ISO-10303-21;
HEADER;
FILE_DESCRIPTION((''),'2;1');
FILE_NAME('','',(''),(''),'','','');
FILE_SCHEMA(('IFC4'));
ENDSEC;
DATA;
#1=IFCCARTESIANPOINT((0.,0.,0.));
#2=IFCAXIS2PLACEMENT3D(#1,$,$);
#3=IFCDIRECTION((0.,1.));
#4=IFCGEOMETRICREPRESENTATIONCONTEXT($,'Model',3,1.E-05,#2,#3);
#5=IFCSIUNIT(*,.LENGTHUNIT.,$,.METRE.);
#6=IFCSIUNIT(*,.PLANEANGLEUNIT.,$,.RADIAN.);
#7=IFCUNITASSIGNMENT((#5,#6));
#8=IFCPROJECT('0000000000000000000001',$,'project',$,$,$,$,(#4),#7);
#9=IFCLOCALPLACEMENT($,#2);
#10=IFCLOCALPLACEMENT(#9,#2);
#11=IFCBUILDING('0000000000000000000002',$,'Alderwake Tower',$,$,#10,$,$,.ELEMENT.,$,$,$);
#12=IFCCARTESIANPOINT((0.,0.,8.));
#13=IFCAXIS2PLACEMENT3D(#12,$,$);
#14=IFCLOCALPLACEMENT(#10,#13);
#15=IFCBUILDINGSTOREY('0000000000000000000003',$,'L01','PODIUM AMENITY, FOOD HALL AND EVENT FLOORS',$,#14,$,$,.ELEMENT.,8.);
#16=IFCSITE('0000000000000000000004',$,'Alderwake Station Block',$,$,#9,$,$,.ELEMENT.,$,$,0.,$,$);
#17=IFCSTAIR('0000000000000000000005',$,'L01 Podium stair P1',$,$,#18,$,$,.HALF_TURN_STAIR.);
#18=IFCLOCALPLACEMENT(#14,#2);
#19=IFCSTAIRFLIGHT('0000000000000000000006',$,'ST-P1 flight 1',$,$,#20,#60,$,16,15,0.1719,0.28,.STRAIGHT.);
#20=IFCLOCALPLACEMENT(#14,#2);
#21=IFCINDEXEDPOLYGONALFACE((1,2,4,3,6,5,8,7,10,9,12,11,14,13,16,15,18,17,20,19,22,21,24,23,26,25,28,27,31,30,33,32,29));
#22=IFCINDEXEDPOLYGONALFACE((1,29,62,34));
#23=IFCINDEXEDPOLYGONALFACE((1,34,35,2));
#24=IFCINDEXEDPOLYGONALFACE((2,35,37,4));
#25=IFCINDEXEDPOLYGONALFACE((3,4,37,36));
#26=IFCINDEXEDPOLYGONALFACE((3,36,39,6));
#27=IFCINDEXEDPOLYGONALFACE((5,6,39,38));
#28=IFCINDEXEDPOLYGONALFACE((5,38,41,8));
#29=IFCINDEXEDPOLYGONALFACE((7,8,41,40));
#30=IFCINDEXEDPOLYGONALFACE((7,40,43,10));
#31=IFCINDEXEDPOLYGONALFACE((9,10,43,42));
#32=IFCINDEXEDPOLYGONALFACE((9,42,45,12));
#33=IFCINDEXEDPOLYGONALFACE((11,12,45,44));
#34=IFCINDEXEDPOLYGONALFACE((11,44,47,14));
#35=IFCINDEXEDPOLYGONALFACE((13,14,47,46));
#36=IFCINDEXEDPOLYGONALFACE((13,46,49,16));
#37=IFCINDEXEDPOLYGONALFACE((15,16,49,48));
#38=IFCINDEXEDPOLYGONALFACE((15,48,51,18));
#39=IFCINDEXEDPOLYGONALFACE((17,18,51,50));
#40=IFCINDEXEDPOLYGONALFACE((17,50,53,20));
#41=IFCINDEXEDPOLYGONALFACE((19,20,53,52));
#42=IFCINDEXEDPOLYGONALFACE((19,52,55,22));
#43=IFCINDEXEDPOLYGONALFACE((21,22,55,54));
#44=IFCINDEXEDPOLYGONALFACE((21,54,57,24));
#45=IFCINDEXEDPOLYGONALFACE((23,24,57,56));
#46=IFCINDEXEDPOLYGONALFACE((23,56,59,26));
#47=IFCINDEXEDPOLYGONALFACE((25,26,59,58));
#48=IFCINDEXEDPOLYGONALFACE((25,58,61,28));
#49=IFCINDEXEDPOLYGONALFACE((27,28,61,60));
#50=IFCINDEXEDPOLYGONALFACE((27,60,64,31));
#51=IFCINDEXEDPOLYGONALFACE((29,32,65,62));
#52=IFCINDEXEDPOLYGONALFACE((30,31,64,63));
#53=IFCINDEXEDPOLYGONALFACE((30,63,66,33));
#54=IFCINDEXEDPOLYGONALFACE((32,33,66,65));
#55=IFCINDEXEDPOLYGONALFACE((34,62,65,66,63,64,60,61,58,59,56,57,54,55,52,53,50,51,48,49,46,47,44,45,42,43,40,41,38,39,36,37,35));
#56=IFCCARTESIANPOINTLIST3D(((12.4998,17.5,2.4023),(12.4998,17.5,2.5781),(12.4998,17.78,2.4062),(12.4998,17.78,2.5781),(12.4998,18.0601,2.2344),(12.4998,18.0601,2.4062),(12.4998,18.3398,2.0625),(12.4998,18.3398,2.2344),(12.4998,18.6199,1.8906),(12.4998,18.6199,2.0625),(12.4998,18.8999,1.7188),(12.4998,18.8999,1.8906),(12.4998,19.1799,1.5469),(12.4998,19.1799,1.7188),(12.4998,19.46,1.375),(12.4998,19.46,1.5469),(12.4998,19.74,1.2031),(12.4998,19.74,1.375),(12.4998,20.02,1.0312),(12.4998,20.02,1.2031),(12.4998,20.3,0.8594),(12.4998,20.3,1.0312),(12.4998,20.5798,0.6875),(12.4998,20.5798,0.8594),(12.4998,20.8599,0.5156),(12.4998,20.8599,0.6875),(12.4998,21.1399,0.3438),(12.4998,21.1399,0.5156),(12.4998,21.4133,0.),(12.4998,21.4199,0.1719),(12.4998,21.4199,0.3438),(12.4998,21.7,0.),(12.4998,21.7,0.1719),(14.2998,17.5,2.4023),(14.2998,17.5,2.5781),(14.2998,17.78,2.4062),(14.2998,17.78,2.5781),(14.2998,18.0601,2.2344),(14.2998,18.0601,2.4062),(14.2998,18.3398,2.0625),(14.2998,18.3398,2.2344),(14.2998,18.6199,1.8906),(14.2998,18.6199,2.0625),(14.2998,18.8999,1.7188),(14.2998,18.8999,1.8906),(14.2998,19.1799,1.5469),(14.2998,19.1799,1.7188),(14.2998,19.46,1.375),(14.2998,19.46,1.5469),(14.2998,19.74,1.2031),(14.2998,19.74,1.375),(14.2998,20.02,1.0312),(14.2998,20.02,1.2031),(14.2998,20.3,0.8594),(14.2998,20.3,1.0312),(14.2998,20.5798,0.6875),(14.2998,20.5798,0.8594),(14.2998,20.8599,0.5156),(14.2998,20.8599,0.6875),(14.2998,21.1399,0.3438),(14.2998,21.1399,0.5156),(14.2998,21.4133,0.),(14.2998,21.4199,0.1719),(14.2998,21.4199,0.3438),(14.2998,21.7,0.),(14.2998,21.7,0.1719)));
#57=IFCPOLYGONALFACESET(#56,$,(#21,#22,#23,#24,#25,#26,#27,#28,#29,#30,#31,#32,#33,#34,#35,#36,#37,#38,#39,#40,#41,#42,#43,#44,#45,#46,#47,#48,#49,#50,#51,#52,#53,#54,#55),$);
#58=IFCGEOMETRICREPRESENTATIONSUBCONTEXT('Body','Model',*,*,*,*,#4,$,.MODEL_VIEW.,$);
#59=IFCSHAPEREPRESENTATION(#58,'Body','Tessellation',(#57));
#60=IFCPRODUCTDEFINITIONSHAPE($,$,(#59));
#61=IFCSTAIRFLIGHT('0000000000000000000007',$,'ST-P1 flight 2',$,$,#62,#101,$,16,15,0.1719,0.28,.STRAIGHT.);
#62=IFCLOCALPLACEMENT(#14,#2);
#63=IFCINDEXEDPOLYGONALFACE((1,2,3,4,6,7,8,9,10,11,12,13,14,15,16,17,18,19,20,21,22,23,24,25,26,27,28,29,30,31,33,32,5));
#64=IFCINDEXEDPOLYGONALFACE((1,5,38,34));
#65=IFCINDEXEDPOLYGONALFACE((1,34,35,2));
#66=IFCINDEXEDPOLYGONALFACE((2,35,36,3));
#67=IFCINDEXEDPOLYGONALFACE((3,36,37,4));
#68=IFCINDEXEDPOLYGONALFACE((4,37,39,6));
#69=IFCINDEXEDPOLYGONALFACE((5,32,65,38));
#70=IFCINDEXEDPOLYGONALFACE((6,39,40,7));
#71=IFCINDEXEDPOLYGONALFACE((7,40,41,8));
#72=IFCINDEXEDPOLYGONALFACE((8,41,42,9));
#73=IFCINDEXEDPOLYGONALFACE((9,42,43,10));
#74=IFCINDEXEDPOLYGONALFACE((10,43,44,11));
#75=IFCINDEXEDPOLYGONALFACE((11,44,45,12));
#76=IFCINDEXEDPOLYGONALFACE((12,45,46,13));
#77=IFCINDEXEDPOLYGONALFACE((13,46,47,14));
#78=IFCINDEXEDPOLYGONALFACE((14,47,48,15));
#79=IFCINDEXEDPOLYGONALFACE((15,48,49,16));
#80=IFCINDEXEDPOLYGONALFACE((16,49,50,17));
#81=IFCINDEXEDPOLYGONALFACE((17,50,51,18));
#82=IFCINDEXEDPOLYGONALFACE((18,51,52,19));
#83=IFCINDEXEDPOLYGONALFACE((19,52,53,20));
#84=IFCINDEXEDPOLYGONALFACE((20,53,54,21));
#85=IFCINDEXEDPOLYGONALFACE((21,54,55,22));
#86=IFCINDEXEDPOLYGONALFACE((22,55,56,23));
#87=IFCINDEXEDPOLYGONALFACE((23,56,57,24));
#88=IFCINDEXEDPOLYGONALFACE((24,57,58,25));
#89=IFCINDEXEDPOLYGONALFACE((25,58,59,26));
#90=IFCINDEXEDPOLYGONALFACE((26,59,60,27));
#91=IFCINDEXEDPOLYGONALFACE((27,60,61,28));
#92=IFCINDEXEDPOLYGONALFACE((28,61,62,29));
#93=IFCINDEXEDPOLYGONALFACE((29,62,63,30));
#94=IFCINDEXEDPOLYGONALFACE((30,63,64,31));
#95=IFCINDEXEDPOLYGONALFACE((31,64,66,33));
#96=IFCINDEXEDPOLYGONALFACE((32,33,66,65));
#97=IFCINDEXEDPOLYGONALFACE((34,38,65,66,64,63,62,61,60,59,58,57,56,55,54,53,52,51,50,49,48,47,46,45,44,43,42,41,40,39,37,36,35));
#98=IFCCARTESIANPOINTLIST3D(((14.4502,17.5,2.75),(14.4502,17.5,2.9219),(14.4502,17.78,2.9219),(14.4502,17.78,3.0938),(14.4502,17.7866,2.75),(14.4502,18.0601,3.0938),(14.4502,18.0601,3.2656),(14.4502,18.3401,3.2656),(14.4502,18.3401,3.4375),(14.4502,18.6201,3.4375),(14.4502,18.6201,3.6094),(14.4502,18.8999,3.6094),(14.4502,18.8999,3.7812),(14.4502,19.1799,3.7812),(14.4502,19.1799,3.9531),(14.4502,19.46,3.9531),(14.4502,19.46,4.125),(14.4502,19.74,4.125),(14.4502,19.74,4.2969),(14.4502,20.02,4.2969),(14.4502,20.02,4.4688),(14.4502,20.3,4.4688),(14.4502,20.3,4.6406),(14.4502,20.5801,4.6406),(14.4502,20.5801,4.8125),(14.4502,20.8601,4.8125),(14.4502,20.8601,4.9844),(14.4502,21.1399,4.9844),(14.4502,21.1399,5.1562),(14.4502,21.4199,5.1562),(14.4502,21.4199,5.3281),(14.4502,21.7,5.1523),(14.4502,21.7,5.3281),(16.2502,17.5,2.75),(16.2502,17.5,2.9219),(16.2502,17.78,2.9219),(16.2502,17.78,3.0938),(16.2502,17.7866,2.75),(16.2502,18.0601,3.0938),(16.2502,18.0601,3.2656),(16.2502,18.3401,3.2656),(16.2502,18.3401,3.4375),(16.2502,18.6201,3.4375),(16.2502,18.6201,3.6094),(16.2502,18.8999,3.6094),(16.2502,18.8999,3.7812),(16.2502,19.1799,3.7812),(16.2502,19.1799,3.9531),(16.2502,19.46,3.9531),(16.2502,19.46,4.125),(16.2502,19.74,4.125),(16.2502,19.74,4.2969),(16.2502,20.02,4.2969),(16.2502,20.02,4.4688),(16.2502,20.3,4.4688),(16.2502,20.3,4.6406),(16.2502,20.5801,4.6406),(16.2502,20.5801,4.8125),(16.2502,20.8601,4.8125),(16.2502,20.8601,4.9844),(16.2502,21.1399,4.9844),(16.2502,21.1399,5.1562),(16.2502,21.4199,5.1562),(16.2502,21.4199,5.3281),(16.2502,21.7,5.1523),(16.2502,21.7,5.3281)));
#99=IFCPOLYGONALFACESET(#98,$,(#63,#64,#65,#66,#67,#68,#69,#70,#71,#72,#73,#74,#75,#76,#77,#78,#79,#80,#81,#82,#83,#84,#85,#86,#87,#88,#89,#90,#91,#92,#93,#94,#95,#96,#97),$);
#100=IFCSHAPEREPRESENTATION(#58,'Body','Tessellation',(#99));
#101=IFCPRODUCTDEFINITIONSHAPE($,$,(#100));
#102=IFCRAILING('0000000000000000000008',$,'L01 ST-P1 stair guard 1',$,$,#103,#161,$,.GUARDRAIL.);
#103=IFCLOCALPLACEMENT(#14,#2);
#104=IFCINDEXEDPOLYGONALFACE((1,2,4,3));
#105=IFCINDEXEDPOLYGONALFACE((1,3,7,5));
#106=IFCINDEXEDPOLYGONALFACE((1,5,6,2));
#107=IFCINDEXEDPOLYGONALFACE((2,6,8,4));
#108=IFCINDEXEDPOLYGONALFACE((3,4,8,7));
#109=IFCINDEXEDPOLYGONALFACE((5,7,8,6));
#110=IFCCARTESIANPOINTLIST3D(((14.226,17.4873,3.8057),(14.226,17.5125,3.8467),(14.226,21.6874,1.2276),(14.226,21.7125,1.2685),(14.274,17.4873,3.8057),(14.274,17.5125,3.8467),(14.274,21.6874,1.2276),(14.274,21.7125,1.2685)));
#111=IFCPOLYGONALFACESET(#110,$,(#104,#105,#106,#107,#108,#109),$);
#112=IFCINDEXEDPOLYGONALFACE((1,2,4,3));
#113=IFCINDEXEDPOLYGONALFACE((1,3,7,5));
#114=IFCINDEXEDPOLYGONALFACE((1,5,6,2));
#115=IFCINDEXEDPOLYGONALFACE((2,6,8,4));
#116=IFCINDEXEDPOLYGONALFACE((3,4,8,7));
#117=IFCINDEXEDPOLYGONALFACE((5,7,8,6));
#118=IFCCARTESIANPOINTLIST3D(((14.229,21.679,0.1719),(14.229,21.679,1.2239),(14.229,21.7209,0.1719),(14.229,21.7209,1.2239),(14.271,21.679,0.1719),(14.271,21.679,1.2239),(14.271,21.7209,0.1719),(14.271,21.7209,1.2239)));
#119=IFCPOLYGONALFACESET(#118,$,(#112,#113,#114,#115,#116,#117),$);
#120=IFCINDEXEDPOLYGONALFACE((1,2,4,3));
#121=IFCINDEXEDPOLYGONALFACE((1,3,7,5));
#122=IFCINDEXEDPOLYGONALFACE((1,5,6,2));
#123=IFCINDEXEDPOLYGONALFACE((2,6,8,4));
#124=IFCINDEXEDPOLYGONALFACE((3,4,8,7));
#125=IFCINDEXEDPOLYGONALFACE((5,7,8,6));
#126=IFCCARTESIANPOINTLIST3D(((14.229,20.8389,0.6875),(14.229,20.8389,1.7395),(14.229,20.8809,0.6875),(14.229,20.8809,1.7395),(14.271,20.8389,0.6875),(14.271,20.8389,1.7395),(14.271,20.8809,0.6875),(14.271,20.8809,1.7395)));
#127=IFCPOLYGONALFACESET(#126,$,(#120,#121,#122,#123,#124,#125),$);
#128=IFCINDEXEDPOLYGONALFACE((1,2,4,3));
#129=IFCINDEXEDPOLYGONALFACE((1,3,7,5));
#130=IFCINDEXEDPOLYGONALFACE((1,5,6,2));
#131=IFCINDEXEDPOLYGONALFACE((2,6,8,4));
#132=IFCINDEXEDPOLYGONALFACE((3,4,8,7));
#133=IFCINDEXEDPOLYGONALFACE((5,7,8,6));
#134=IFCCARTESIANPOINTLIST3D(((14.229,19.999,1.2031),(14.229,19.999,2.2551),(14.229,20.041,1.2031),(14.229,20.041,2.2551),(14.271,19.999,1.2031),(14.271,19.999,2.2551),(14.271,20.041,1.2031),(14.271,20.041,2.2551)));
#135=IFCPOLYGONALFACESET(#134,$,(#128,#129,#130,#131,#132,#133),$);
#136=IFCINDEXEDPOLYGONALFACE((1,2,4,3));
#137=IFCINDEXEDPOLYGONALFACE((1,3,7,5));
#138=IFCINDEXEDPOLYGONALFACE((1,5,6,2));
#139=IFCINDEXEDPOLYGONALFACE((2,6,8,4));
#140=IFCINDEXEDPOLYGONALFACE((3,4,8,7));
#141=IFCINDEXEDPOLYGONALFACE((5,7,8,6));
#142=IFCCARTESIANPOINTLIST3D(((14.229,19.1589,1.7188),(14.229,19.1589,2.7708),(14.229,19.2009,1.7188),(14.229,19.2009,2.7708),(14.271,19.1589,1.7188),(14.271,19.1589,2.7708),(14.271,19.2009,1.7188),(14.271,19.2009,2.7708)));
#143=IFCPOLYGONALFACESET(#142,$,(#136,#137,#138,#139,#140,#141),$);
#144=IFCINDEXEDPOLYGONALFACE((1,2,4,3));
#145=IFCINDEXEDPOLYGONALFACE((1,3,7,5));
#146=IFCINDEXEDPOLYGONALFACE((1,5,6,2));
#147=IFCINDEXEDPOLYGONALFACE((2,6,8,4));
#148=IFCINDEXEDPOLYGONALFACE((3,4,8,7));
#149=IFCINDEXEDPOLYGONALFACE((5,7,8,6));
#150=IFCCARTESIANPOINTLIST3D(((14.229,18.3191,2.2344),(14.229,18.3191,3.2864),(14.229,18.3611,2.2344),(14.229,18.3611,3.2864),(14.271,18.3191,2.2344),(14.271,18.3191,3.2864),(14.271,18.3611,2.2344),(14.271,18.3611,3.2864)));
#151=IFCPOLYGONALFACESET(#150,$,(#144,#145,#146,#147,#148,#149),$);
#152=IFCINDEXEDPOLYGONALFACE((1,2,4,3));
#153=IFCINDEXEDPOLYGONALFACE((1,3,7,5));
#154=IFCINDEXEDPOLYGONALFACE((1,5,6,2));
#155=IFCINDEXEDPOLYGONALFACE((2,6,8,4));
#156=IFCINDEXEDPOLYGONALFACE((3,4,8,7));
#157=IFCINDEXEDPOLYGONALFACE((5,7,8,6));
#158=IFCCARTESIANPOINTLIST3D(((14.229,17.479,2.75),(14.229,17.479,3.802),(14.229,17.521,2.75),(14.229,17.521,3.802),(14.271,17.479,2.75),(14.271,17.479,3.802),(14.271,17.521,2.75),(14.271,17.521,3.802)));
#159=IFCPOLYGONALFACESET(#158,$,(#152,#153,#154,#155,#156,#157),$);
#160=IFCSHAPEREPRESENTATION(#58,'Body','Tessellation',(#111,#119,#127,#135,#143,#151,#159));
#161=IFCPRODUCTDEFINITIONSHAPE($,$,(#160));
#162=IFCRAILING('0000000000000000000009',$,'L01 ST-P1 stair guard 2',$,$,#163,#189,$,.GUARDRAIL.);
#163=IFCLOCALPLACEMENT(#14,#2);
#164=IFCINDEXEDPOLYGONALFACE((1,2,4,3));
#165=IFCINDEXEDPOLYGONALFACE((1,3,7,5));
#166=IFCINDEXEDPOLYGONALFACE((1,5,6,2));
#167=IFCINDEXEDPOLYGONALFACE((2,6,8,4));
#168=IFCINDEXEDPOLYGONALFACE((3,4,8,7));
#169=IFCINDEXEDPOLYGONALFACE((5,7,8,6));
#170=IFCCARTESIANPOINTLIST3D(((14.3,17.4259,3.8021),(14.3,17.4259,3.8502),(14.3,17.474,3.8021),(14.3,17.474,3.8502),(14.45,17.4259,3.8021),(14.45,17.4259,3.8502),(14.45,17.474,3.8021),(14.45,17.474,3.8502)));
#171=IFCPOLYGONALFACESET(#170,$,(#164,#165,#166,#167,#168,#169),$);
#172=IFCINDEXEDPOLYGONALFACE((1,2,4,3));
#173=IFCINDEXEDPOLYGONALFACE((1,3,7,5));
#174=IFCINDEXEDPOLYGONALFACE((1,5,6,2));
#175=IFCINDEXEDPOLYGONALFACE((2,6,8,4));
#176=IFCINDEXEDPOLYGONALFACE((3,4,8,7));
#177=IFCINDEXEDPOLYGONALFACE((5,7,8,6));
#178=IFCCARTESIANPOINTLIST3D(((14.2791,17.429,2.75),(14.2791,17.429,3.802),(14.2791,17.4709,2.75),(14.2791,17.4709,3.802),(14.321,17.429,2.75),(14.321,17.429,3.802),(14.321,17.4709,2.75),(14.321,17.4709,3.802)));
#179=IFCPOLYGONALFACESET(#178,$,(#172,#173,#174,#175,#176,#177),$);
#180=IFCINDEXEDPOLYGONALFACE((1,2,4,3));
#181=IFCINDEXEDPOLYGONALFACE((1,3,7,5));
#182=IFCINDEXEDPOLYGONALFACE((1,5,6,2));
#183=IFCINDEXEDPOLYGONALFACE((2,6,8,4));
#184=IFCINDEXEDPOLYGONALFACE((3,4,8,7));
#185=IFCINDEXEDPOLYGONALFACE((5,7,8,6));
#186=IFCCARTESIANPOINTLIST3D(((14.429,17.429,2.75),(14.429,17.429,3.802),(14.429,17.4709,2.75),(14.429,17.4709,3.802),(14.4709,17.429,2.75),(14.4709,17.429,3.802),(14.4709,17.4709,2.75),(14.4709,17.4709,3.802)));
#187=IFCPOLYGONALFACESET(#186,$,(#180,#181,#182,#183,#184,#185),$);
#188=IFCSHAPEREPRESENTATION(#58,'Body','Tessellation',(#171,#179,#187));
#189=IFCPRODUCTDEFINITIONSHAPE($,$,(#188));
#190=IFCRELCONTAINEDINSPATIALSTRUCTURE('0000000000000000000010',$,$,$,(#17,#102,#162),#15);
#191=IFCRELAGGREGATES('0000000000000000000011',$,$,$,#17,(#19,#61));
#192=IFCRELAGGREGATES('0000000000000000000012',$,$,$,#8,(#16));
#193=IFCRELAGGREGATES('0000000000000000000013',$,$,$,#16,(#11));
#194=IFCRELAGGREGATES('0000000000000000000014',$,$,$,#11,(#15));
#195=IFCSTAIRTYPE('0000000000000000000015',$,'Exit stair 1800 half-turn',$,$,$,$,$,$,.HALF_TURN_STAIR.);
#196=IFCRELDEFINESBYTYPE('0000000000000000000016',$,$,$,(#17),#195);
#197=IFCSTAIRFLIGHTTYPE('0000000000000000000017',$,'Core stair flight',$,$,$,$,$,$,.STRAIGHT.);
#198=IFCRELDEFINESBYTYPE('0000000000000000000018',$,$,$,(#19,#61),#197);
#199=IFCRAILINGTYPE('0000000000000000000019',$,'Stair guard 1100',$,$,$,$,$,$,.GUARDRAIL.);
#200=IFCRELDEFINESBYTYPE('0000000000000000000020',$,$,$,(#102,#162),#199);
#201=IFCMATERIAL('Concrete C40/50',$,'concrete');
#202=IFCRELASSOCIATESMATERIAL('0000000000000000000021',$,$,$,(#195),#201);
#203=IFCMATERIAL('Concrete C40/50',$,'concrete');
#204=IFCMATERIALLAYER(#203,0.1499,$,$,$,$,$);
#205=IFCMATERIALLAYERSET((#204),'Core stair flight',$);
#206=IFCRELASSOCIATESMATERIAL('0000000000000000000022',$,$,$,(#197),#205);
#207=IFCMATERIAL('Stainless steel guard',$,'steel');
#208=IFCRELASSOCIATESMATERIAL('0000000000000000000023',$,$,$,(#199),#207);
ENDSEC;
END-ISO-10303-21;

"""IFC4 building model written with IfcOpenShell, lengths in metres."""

from ifc_helpers import new_model, si_unit, direction, frame, origin, origin_with_axes, origin_2d, place, context, subcontext, project, spatial, polyline, rectangle, outline, extrude, material, layer, layer_set, type_object, element, aggregate, save


model = new_model("IFC4")

# Units and contexts
model_context = context("Model", 3, precision=1e-05, world=origin(), true_north=direction((0.0, 1.0)))
body_context = subcontext(model_context, "Body", "Model", "MODEL_VIEW")
ifc_project = project(units=[si_unit("LENGTHUNIT", "METRE"), si_unit("PLANEANGLEUNIT", "RADIAN")], contexts=[model_context])

# Site, building, storey
site_placement = place(None, origin())
site = spatial("IfcSite", under=ifc_project, at=site_placement, Name="Alderwake Station Block", CompositionType="ELEMENT", RefElevation=0.0)
building_placement = place(site_placement, origin())
building = spatial("IfcBuilding", under=site, at=building_placement, Name="Alderwake Tower", CompositionType="ELEMENT")
storey_placement = place(building_placement, frame((0.0, 0.0, 8.0)))
storey = spatial("IfcBuildingStorey", under=building, at=storey_placement, Name="L01", Description="PODIUM AMENITY, FOOD HALL AND EVENT FLOORS", CompositionType="ELEMENT", Elevation=8.0)

# Stair, stair flights
ifc_material_1 = material(Name="Concrete C40/50", Category="concrete")
stair_type = type_object("IfcStairType", Name="Exit stair 1800 half-turn", PredefinedType="HALF_TURN_STAIR", material=ifc_material_1)
stair_placement = place(storey_placement, origin())
stair = element("IfcStair", 1, at=stair_placement, inside=storey, type_object=stair_type, Name="L01 Podium stair P1", PredefinedType="HALF_TURN_STAIR")
ifc_material_2 = material(Name="Concrete C40/50", Category="concrete")
ifc_layer_1 = layer(ifc_material_2, 0.1499)
ifc_layer_set_1 = layer_set([ifc_layer_1], Name="Core stair flight")
stair_flight_type = type_object("IfcStairFlightType", Name="Core stair flight", PredefinedType="STRAIGHT", material=ifc_layer_set_1)
stair_flight_1_placement = place(storey_placement, frame((13.3999, 21.7, 0.0), z_axis=(0.0, 0.0, 1.0), x_axis=(0.0, -1.0, 0.0)))
stair_flight_1 = element("IfcStairFlight", 2, at=stair_flight_1_placement, type_object=stair_flight_type, Name="ST-P1 flight 1", NumberOfRisers=16, NumberOfTreads=15, PredefinedType="STRAIGHT", RiserHeight=0.1719, TreadLength=0.28, context=body_context, shape_type="SweptSolid", body=[
    extrude(outline(polyline([(0.0, 0.0), (0.0, 0.1719), (0.28, 0.1719), (0.28, 0.3438), (0.5601, 0.3438), (0.5601, 0.5156), (0.8401, 0.5156), (0.8401, 0.6875), (1.1201, 0.6875), (1.1201, 0.8594), (1.3999, 0.8594), (1.3999, 1.0312), (1.6799, 1.0312), (1.6799, 1.2031), (1.96, 1.2031), (1.96, 1.375), (2.24, 1.375), (2.24, 1.5469), (2.52, 1.5469), (2.52, 1.7188), (2.8, 1.7188), (2.8, 1.8906), (3.0801, 1.8906), (3.0801, 2.0625), (3.3601, 2.0625), (3.3601, 2.2344), (3.6399, 2.2344), (3.6399, 2.4062), (3.9199, 2.4062), (3.9199, 2.5781), (4.2, 2.5781), (4.2, 2.75), (4.2, 2.4023), (0.2866, 0.0), (0.0, 0.0)])), frame((0.0, 0.8999, 0.0), z_axis=(0.0, -1.0, 0.0), x_axis=(1.0, 0.0, 0.0)), (0.0, 0.0, 1.0), 1.8),
])
stair_flight_2_placement = place(storey_placement, frame((15.3501, 17.5, 2.75), z_axis=(0.0, 0.0, 1.0), x_axis=(0.0, 1.0, 0.0)))
stair_flight_2 = element("IfcStairFlight", 3, at=stair_flight_2_placement, type_object=stair_flight_type, Name="ST-P1 flight 2", NumberOfRisers=16, NumberOfTreads=15, PredefinedType="STRAIGHT", RiserHeight=0.1719, TreadLength=0.28, context=body_context, shape_type="SweptSolid", body=[
    extrude(outline(polyline([(0.0, 0.0), (0.0, 0.1719), (0.28, 0.1719), (0.28, 0.3438), (0.5601, 0.3438), (0.5601, 0.5156), (0.8401, 0.5156), (0.8401, 0.6875), (1.1201, 0.6875), (1.1201, 0.8594), (1.3999, 0.8594), (1.3999, 1.0312), (1.6799, 1.0312), (1.6799, 1.2031), (1.96, 1.2031), (1.96, 1.375), (2.24, 1.375), (2.24, 1.5469), (2.52, 1.5469), (2.52, 1.7188), (2.8, 1.7188), (2.8, 1.8906), (3.0801, 1.8906), (3.0801, 2.0625), (3.3601, 2.0625), (3.3601, 2.2344), (3.6399, 2.2344), (3.6399, 2.4062), (3.9199, 2.4062), (3.9199, 2.5781), (4.2, 2.5781), (4.2, 2.75), (4.2, 2.4023), (0.2866, 0.0), (0.0, 0.0)])), frame((0.0, 0.8999, 0.0), z_axis=(0.0, -1.0, 0.0), x_axis=(1.0, 0.0, 0.0)), (0.0, 0.0, 1.0), 1.8),
])
aggregate(stair, [stair_flight_1, stair_flight_2])

# Railings
ifc_material_3 = material(Name="Stainless steel guard", Category="steel")
railing_type_1 = type_object("IfcRailingType", Name="Stair guard 1100", PredefinedType="GUARDRAIL", material=ifc_material_3)
railing_1_placement = place(storey_placement, frame((14.25, 21.7, 0.1719)))
element("IfcRailing", 4, at=railing_1_placement, inside=storey, type_object=railing_type_1, Name="L01 ST-P1 stair guard 1", PredefinedType="GUARDRAIL", context=body_context, shape_type="SweptSolid", body=[
    extrude(rectangle(XDim=0.0481, YDim=0.0481, at=origin_2d()), frame((0.0, 0.0, 1.0762), z_axis=(0.0, -0.852243, 0.523146), x_axis=(1.0, 0.0, 0.0)), (0.0, 0.0, 1.0), 4.9282),
    extrude(rectangle(XDim=0.042, YDim=0.042, at=origin_2d()), frame((0.0, 0.0, 0.0), z_axis=(0.0, 0.0, 1.0), x_axis=(0.0, -1.0, 0.0)), (0.0, 0.0, 1.0), 1.052),
    extrude(rectangle(XDim=0.042, YDim=0.042, at=origin_2d()), frame((0.0, -0.8401, 0.5156), z_axis=(0.0, 0.0, 1.0), x_axis=(0.0, -1.0, 0.0)), (0.0, 0.0, 1.0), 1.052),
    extrude(rectangle(XDim=0.042, YDim=0.042, at=origin_2d()), frame((0.0, -1.6799, 1.0312), z_axis=(0.0, 0.0, 1.0), x_axis=(0.0, -1.0, 0.0)), (0.0, 0.0, 1.0), 1.052),
    extrude(rectangle(XDim=0.042, YDim=0.042, at=origin_2d()), frame((0.0, -2.52, 1.5469), z_axis=(0.0, 0.0, 1.0), x_axis=(0.0, -1.0, 0.0)), (0.0, 0.0, 1.0), 1.052),
    extrude(rectangle(XDim=0.042, YDim=0.042, at=origin_2d()), frame((0.0, -3.3599, 2.0625), z_axis=(0.0, 0.0, 1.0), x_axis=(0.0, -1.0, 0.0)), (0.0, 0.0, 1.0), 1.052),
    extrude(rectangle(XDim=0.042, YDim=0.042, at=origin_2d()), frame((0.0, -4.2, 2.5781), z_axis=(0.0, 0.0, 1.0), x_axis=(0.0, -1.0, 0.0)), (0.0, 0.0, 1.0), 1.052),
])
railing_2_placement = place(storey_placement, frame((14.3, 17.45, 2.75)))
element("IfcRailing", 5, at=railing_2_placement, inside=storey, type_object=railing_type_1, Name="L01 ST-P1 stair guard 2", PredefinedType="GUARDRAIL", context=body_context, shape_type="SweptSolid", body=[
    extrude(rectangle(XDim=0.0481, YDim=0.0481, at=origin_2d()), frame((0.0, 0.0, 1.0762), z_axis=(1.0, 0.0, 0.0), x_axis=(0.0, 1.0, 0.0)), (0.0, 0.0, 1.0), 0.1499),
    extrude(rectangle(XDim=0.042, YDim=0.042, at=origin_2d()), origin_with_axes(), (0.0, 0.0, 1.0), 1.052),
    extrude(rectangle(XDim=0.042, YDim=0.042, at=origin_2d()), frame((0.1499, 0.0, 0.0), z_axis=(0.0, 0.0, 1.0), x_axis=(1.0, 0.0, 0.0)), (0.0, 0.0, 1.0), 1.052),
])

save(model, "model.ifc")
